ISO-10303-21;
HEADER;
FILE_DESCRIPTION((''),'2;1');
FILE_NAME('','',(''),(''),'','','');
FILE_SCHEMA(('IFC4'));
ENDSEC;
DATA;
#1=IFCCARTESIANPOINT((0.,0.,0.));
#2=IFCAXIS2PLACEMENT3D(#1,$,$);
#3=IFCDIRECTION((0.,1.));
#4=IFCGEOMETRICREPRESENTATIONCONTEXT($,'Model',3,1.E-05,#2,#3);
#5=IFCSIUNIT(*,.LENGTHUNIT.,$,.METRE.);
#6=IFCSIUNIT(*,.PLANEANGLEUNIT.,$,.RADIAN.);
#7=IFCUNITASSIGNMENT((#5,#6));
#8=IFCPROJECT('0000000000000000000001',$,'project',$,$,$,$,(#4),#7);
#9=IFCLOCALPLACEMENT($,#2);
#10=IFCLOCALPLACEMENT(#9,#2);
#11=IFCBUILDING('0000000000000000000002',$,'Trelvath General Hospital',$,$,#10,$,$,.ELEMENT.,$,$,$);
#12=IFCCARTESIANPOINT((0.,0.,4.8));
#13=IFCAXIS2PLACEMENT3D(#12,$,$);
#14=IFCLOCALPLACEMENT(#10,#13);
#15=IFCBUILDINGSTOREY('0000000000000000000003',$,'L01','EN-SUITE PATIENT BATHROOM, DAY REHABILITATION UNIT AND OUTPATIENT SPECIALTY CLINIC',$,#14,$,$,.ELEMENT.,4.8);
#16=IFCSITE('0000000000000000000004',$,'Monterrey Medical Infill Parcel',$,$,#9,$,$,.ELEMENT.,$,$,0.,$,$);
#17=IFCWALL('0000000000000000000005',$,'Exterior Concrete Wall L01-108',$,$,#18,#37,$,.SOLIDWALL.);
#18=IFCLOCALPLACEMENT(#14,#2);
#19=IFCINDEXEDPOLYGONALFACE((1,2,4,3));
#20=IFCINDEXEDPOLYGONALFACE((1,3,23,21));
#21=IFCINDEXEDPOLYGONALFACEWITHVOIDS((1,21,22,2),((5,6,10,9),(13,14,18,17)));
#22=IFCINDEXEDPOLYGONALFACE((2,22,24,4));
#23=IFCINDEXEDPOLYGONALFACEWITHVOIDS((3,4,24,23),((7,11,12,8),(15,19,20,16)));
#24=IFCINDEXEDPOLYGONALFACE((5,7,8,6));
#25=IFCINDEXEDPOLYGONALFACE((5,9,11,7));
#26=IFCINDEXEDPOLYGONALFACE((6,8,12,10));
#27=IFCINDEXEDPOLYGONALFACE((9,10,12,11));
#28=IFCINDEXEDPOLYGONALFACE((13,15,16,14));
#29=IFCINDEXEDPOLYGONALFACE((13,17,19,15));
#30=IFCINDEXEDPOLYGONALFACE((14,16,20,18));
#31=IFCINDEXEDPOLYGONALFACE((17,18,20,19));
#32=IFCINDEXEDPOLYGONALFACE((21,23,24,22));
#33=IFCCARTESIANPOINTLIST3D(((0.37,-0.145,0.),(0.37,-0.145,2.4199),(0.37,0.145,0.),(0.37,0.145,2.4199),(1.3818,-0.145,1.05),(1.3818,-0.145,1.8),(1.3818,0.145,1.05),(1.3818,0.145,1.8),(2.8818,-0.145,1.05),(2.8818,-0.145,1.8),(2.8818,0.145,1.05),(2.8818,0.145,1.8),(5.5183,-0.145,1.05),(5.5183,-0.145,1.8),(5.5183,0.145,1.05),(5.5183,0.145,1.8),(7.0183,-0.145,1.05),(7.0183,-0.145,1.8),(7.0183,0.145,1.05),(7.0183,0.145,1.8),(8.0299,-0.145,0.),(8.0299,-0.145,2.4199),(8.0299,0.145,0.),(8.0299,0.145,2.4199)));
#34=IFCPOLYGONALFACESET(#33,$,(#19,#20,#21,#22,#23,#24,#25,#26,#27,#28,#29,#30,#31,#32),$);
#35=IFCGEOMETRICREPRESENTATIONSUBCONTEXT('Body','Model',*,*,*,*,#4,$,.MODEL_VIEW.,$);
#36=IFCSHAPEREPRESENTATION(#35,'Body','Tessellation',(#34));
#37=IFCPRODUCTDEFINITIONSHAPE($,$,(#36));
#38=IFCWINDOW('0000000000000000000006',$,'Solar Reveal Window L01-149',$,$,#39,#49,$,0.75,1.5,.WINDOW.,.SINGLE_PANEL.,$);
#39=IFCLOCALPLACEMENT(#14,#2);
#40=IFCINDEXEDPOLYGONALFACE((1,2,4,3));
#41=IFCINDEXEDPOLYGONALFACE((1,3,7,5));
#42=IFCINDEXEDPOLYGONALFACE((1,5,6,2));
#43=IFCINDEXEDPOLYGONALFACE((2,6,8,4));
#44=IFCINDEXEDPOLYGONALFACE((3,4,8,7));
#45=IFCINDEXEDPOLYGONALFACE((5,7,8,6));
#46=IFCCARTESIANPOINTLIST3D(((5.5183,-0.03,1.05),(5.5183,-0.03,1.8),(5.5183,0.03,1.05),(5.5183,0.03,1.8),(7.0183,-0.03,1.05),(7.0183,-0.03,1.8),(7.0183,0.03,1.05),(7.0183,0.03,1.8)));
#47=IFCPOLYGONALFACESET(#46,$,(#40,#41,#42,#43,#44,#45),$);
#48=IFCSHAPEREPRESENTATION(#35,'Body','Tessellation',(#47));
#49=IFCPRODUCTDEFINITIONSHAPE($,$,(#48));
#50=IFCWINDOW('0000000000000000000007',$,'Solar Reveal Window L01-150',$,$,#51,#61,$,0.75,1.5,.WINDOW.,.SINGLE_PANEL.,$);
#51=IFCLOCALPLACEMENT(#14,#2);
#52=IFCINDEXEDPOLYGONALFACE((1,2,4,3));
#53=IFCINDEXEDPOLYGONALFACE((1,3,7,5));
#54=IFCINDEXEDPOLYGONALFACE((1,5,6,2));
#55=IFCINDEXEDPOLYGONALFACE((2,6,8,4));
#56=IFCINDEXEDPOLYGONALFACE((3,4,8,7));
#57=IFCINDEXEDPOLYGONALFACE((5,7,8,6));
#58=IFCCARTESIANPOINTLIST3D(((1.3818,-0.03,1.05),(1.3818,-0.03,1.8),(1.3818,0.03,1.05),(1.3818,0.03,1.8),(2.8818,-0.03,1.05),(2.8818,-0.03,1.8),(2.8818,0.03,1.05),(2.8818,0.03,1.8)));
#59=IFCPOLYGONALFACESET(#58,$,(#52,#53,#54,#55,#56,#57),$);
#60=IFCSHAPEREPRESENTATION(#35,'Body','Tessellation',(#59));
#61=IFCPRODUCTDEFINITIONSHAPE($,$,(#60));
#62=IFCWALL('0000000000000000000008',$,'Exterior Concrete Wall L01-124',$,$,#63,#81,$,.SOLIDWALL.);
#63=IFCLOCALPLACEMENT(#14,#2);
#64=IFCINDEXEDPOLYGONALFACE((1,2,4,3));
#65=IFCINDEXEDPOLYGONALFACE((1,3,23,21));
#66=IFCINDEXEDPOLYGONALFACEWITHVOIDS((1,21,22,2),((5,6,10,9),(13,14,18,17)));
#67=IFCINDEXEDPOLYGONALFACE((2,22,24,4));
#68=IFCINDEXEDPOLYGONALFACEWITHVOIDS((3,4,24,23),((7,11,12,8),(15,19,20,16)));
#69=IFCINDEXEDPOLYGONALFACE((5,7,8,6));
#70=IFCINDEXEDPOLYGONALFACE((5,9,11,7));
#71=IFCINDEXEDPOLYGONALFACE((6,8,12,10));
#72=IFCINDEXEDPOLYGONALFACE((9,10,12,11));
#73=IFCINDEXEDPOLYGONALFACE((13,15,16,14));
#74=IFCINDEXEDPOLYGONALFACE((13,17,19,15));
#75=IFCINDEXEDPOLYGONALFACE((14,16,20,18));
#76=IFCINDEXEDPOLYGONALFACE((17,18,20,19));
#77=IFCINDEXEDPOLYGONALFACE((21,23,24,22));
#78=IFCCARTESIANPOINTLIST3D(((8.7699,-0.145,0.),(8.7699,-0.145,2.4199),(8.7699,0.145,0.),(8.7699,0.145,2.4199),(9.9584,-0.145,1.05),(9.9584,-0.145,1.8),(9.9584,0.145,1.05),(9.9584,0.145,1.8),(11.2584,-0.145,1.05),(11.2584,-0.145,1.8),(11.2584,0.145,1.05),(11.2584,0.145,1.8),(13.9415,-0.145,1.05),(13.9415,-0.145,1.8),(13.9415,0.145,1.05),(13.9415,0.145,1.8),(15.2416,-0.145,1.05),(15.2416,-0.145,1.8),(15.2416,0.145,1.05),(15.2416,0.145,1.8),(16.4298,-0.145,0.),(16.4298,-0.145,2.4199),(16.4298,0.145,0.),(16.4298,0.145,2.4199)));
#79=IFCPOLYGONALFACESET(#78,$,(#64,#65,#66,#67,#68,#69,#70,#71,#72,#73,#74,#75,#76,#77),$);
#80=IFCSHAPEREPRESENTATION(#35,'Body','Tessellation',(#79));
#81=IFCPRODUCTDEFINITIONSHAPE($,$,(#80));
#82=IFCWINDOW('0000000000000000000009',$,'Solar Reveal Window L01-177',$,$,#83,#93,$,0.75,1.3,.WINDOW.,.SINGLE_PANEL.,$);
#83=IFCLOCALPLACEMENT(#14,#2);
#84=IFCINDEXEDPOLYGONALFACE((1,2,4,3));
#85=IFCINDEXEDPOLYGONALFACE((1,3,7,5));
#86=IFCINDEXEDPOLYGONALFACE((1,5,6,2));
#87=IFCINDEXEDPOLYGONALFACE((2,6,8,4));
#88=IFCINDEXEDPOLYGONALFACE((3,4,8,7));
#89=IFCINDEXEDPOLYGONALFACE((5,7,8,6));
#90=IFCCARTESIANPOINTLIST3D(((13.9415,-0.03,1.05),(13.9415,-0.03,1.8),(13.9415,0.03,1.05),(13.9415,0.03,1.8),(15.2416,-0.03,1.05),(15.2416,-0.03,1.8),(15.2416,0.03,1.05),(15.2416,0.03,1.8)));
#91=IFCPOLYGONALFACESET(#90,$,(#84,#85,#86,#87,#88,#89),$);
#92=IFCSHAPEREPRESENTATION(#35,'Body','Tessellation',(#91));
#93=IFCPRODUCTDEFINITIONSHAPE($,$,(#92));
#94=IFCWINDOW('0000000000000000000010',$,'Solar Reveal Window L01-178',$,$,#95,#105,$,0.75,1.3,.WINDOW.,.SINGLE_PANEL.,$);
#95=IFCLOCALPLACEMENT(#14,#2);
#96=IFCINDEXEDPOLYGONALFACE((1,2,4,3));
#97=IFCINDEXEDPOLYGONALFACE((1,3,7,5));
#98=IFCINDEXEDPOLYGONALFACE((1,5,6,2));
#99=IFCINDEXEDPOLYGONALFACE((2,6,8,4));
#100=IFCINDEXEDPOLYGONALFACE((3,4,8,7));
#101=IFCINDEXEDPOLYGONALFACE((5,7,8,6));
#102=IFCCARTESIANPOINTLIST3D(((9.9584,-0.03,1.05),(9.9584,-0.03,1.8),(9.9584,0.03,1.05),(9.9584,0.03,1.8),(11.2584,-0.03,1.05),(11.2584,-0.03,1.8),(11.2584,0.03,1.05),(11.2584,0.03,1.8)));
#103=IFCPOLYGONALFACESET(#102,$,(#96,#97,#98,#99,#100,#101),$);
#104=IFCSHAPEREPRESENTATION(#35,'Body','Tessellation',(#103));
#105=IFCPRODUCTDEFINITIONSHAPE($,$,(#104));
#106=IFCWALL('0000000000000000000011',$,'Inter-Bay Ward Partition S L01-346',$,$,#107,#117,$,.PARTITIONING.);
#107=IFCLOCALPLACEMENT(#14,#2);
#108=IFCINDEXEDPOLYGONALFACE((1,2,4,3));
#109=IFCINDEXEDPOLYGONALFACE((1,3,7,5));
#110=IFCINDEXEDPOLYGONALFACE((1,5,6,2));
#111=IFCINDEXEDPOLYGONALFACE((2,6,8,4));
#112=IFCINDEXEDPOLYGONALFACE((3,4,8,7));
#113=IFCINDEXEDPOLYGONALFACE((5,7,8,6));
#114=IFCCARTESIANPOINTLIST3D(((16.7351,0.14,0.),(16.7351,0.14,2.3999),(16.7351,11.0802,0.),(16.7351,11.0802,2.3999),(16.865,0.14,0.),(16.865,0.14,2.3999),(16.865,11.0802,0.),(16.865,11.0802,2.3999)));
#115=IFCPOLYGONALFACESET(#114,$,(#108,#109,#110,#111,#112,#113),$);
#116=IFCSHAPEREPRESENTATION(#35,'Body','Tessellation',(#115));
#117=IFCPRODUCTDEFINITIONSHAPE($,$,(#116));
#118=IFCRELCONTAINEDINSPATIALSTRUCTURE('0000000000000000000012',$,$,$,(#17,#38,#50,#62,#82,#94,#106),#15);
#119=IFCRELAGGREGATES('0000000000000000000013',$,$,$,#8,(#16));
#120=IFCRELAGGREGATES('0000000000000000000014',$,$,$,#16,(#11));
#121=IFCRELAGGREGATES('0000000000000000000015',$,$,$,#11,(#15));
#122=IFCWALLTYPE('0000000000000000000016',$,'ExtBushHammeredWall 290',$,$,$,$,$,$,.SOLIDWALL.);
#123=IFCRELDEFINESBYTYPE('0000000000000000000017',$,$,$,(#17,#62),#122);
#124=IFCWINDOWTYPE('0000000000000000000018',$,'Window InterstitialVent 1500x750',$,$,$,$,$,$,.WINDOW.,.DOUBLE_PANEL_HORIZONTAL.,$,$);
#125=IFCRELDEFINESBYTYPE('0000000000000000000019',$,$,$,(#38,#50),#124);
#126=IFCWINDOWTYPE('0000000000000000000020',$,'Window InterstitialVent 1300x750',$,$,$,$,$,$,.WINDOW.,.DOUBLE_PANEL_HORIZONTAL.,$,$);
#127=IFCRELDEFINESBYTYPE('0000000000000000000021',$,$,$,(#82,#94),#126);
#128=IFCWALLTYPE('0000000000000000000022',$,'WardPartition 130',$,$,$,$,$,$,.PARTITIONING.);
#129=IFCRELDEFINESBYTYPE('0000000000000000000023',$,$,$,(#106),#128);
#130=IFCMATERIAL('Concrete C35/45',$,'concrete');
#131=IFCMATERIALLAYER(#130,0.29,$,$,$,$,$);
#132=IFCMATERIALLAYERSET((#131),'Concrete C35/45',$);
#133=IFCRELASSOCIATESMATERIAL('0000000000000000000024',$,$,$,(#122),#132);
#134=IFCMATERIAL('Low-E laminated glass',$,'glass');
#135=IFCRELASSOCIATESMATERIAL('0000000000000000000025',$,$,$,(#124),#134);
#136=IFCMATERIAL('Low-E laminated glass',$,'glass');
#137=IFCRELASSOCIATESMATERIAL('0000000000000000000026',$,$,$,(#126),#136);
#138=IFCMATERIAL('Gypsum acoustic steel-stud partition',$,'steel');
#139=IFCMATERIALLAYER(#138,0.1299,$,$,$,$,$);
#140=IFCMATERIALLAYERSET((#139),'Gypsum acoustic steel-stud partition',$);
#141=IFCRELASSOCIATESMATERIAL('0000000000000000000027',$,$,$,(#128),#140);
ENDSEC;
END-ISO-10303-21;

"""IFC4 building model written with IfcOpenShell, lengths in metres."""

from ifc_helpers import new_model, si_unit, direction, frame, frame_2d, origin, place, context, subcontext, project, spatial, rectangle, extrude, material, layer, layer_set, type_object, element, fill, save


model = new_model("IFC4")

# Units and contexts
model_context = context("Model", 3, precision=1e-05, world=origin(), true_north=direction((0.0, 1.0)))
body_context = subcontext(model_context, "Body", "Model", "MODEL_VIEW")
ifc_project = project(units=[si_unit("LENGTHUNIT", "METRE"), si_unit("PLANEANGLEUNIT", "RADIAN")], contexts=[model_context])

# Site, building, storey
site_placement = place(None, origin())
site = spatial("IfcSite", under=ifc_project, at=site_placement, Name="Monterrey Medical Infill Parcel", CompositionType="ELEMENT", RefElevation=0.0)
building_placement = place(site_placement, origin())
building = spatial("IfcBuilding", under=site, at=building_placement, Name="Trelvath General Hospital", CompositionType="ELEMENT")
storey_placement = place(building_placement, frame((0.0, 0.0, 4.8)))
storey = spatial("IfcBuildingStorey", under=building, at=storey_placement, Name="L01", Description="EN-SUITE PATIENT BATHROOM, DAY REHABILITATION UNIT AND OUTPATIENT SPECIALTY CLINIC", CompositionType="ELEMENT", Elevation=4.8)

# Walls, openings, windows
ifc_material_1 = material(Name="Concrete C35/45", Category="concrete")
ifc_layer_1 = layer(ifc_material_1, 0.29)
ifc_layer_set_1 = layer_set([ifc_layer_1], Name="Concrete C35/45")
wall_type_1 = type_object("IfcWallType", Name="ExtBushHammeredWall 290", PredefinedType="SOLIDWALL", material=ifc_layer_set_1)
wall_1_placement = place(storey_placement, frame((8.03, 0.0, 0.0), z_axis=(0.0, 0.0, 1.0), x_axis=(-1.0, 0.0, 0.0)))
wall_1 = element("IfcWall", 1, at=wall_1_placement, inside=storey, type_object=wall_type_1, Name="Exterior Concrete Wall L01-108", PredefinedType="SOLIDWALL", context=body_context, shape_type="SweptSolid", body=[
    extrude(rectangle(XDim=7.6599, YDim=0.29, at=frame_2d((3.8301, 0.0))), origin(), (0.0, 0.0, 1.0), 2.4199),
])
opening_1_placement = place(wall_1_placement, frame((1.0117, 0.0, 1.05)))
opening_1 = element("IfcOpeningElement", 2, at=opening_1_placement, cuts=wall_1, PredefinedType="OPENING", context=body_context, shape_type="SweptSolid", body=[
    extrude(rectangle(XDim=1.5, YDim=0.75, at=frame_2d((0.75, 0.375))), frame((0.0, 0.155, 0.0), z_axis=(0.0, -1.0, 0.0), x_axis=(1.0, 0.0, 0.0)), (0.0, 0.0, 1.0), 0.3101),
])
opening_2_placement = place(wall_1_placement, frame((5.1482, 0.0, 1.05)))
opening_2 = element("IfcOpeningElement", 3, at=opening_2_placement, cuts=wall_1, PredefinedType="OPENING", context=body_context, shape_type="SweptSolid", body=[
    extrude(rectangle(XDim=1.5, YDim=0.75, at=frame_2d((0.75, 0.375))), frame((0.0, 0.155, 0.0), z_axis=(0.0, -1.0, 0.0), x_axis=(1.0, 0.0, 0.0)), (0.0, 0.0, 1.0), 0.3101),
])
ifc_material_2 = material(Name="Low-E laminated glass", Category="glass")
window_type_1 = type_object("IfcWindowType", Name="Window InterstitialVent 1500x750", PartitioningType="DOUBLE_PANEL_HORIZONTAL", PredefinedType="WINDOW", material=ifc_material_2)
window_1_placement = place(opening_1_placement, origin())
window_1 = element("IfcWindow", 4, at=window_1_placement, inside=storey, type_object=window_type_1, Name="Solar Reveal Window L01-149", OverallHeight=0.75, OverallWidth=1.5, PartitioningType="SINGLE_PANEL", PredefinedType="WINDOW", context=body_context, shape_type="SweptSolid", body=[
    extrude(rectangle(XDim=1.5, YDim=0.75, at=frame_2d((0.75, 0.375))), frame((0.0, 0.03, 0.0), z_axis=(0.0, -1.0, 0.0), x_axis=(1.0, 0.0, 0.0)), (0.0, 0.0, 1.0), 0.0601),
])
fill(opening_1, window_1)
window_2_placement = place(opening_2_placement, origin())
window_2 = element("IfcWindow", 5, at=window_2_placement, inside=storey, type_object=window_type_1, Name="Solar Reveal Window L01-150", OverallHeight=0.75, OverallWidth=1.5, PartitioningType="SINGLE_PANEL", PredefinedType="WINDOW", context=body_context, shape_type="SweptSolid", body=[
    extrude(rectangle(XDim=1.5, YDim=0.75, at=frame_2d((0.75, 0.375))), frame((0.0, 0.03, 0.0), z_axis=(0.0, -1.0, 0.0), x_axis=(1.0, 0.0, 0.0)), (0.0, 0.0, 1.0), 0.0601),
])
fill(opening_2, window_2)
wall_2_placement = place(storey_placement, frame((16.4299, 0.0, 0.0), z_axis=(0.0, 0.0, 1.0), x_axis=(-1.0, 0.0, 0.0)))
wall_2 = element("IfcWall", 6, at=wall_2_placement, inside=storey, type_object=wall_type_1, Name="Exterior Concrete Wall L01-124", PredefinedType="SOLIDWALL", context=body_context, shape_type="SweptSolid", body=[
    extrude(rectangle(XDim=7.6599, YDim=0.29, at=frame_2d((3.8301, 0.0))), origin(), (0.0, 0.0, 1.0), 2.4199),
])
opening_3_placement = place(wall_2_placement, frame((1.1885, 0.0, 1.05)))
opening_3 = element("IfcOpeningElement", 7, at=opening_3_placement, cuts=wall_2, PredefinedType="OPENING", context=body_context, shape_type="SweptSolid", body=[
    extrude(rectangle(XDim=1.3, YDim=0.75, at=frame_2d((0.6499, 0.375))), frame((0.0, 0.155, 0.0), z_axis=(0.0, -1.0, 0.0), x_axis=(1.0, 0.0, 0.0)), (0.0, 0.0, 1.0), 0.3101),
])
opening_4_placement = place(wall_2_placement, frame((5.1716, 0.0, 1.05)))
opening_4 = element("IfcOpeningElement", 8, at=opening_4_placement, cuts=wall_2, PredefinedType="OPENING", context=body_context, shape_type="SweptSolid", body=[
    extrude(rectangle(XDim=1.3, YDim=0.75, at=frame_2d((0.6499, 0.375))), frame((0.0, 0.155, 0.0), z_axis=(0.0, -1.0, 0.0), x_axis=(1.0, 0.0, 0.0)), (0.0, 0.0, 1.0), 0.3101),
])
ifc_material_3 = material(Name="Low-E laminated glass", Category="glass")
window_type_2 = type_object("IfcWindowType", Name="Window InterstitialVent 1300x750", PartitioningType="DOUBLE_PANEL_HORIZONTAL", PredefinedType="WINDOW", material=ifc_material_3)
window_3_placement = place(opening_3_placement, origin())
window_3 = element("IfcWindow", 9, at=window_3_placement, inside=storey, type_object=window_type_2, Name="Solar Reveal Window L01-177", OverallHeight=0.75, OverallWidth=1.3, PartitioningType="SINGLE_PANEL", PredefinedType="WINDOW", context=body_context, shape_type="SweptSolid", body=[
    extrude(rectangle(XDim=1.3, YDim=0.75, at=frame_2d((0.6499, 0.375))), frame((0.0, 0.03, 0.0), z_axis=(0.0, -1.0, 0.0), x_axis=(1.0, 0.0, 0.0)), (0.0, 0.0, 1.0), 0.0601),
])
fill(opening_3, window_3)
window_4_placement = place(opening_4_placement, origin())
window_4 = element("IfcWindow", 10, at=window_4_placement, inside=storey, type_object=window_type_2, Name="Solar Reveal Window L01-178", OverallHeight=0.75, OverallWidth=1.3, PartitioningType="SINGLE_PANEL", PredefinedType="WINDOW", context=body_context, shape_type="SweptSolid", body=[
    extrude(rectangle(XDim=1.3, YDim=0.75, at=frame_2d((0.6499, 0.375))), frame((0.0, 0.03, 0.0), z_axis=(0.0, -1.0, 0.0), x_axis=(1.0, 0.0, 0.0)), (0.0, 0.0, 1.0), 0.0601),
])
fill(opening_4, window_4)

# Wall
ifc_material_4 = material(Name="Gypsum acoustic steel-stud partition", Category="steel")
ifc_layer_2 = layer(ifc_material_4, 0.1299)
ifc_layer_set_2 = layer_set([ifc_layer_2], Name="Gypsum acoustic steel-stud partition")
wall_type_2 = type_object("IfcWallType", Name="WardPartition 130", PredefinedType="PARTITIONING", material=ifc_layer_set_2)
wall_3_placement = place(storey_placement, frame((16.8, 0.1399, 0.0), z_axis=(0.0, 0.0, 1.0), x_axis=(0.0, 1.0, 0.0)))
element("IfcWall", 11, at=wall_3_placement, inside=storey, type_object=wall_type_2, Name="Inter-Bay Ward Partition S L01-346", PredefinedType="PARTITIONING", context=body_context, shape_type="SweptSolid", body=[
    extrude(rectangle(XDim=10.9402, YDim=0.1299, at=frame_2d((5.4702, 0.0))), origin(), (0.0, 0.0, 1.0), 2.3999),
])

save(model, "model.ifc")
